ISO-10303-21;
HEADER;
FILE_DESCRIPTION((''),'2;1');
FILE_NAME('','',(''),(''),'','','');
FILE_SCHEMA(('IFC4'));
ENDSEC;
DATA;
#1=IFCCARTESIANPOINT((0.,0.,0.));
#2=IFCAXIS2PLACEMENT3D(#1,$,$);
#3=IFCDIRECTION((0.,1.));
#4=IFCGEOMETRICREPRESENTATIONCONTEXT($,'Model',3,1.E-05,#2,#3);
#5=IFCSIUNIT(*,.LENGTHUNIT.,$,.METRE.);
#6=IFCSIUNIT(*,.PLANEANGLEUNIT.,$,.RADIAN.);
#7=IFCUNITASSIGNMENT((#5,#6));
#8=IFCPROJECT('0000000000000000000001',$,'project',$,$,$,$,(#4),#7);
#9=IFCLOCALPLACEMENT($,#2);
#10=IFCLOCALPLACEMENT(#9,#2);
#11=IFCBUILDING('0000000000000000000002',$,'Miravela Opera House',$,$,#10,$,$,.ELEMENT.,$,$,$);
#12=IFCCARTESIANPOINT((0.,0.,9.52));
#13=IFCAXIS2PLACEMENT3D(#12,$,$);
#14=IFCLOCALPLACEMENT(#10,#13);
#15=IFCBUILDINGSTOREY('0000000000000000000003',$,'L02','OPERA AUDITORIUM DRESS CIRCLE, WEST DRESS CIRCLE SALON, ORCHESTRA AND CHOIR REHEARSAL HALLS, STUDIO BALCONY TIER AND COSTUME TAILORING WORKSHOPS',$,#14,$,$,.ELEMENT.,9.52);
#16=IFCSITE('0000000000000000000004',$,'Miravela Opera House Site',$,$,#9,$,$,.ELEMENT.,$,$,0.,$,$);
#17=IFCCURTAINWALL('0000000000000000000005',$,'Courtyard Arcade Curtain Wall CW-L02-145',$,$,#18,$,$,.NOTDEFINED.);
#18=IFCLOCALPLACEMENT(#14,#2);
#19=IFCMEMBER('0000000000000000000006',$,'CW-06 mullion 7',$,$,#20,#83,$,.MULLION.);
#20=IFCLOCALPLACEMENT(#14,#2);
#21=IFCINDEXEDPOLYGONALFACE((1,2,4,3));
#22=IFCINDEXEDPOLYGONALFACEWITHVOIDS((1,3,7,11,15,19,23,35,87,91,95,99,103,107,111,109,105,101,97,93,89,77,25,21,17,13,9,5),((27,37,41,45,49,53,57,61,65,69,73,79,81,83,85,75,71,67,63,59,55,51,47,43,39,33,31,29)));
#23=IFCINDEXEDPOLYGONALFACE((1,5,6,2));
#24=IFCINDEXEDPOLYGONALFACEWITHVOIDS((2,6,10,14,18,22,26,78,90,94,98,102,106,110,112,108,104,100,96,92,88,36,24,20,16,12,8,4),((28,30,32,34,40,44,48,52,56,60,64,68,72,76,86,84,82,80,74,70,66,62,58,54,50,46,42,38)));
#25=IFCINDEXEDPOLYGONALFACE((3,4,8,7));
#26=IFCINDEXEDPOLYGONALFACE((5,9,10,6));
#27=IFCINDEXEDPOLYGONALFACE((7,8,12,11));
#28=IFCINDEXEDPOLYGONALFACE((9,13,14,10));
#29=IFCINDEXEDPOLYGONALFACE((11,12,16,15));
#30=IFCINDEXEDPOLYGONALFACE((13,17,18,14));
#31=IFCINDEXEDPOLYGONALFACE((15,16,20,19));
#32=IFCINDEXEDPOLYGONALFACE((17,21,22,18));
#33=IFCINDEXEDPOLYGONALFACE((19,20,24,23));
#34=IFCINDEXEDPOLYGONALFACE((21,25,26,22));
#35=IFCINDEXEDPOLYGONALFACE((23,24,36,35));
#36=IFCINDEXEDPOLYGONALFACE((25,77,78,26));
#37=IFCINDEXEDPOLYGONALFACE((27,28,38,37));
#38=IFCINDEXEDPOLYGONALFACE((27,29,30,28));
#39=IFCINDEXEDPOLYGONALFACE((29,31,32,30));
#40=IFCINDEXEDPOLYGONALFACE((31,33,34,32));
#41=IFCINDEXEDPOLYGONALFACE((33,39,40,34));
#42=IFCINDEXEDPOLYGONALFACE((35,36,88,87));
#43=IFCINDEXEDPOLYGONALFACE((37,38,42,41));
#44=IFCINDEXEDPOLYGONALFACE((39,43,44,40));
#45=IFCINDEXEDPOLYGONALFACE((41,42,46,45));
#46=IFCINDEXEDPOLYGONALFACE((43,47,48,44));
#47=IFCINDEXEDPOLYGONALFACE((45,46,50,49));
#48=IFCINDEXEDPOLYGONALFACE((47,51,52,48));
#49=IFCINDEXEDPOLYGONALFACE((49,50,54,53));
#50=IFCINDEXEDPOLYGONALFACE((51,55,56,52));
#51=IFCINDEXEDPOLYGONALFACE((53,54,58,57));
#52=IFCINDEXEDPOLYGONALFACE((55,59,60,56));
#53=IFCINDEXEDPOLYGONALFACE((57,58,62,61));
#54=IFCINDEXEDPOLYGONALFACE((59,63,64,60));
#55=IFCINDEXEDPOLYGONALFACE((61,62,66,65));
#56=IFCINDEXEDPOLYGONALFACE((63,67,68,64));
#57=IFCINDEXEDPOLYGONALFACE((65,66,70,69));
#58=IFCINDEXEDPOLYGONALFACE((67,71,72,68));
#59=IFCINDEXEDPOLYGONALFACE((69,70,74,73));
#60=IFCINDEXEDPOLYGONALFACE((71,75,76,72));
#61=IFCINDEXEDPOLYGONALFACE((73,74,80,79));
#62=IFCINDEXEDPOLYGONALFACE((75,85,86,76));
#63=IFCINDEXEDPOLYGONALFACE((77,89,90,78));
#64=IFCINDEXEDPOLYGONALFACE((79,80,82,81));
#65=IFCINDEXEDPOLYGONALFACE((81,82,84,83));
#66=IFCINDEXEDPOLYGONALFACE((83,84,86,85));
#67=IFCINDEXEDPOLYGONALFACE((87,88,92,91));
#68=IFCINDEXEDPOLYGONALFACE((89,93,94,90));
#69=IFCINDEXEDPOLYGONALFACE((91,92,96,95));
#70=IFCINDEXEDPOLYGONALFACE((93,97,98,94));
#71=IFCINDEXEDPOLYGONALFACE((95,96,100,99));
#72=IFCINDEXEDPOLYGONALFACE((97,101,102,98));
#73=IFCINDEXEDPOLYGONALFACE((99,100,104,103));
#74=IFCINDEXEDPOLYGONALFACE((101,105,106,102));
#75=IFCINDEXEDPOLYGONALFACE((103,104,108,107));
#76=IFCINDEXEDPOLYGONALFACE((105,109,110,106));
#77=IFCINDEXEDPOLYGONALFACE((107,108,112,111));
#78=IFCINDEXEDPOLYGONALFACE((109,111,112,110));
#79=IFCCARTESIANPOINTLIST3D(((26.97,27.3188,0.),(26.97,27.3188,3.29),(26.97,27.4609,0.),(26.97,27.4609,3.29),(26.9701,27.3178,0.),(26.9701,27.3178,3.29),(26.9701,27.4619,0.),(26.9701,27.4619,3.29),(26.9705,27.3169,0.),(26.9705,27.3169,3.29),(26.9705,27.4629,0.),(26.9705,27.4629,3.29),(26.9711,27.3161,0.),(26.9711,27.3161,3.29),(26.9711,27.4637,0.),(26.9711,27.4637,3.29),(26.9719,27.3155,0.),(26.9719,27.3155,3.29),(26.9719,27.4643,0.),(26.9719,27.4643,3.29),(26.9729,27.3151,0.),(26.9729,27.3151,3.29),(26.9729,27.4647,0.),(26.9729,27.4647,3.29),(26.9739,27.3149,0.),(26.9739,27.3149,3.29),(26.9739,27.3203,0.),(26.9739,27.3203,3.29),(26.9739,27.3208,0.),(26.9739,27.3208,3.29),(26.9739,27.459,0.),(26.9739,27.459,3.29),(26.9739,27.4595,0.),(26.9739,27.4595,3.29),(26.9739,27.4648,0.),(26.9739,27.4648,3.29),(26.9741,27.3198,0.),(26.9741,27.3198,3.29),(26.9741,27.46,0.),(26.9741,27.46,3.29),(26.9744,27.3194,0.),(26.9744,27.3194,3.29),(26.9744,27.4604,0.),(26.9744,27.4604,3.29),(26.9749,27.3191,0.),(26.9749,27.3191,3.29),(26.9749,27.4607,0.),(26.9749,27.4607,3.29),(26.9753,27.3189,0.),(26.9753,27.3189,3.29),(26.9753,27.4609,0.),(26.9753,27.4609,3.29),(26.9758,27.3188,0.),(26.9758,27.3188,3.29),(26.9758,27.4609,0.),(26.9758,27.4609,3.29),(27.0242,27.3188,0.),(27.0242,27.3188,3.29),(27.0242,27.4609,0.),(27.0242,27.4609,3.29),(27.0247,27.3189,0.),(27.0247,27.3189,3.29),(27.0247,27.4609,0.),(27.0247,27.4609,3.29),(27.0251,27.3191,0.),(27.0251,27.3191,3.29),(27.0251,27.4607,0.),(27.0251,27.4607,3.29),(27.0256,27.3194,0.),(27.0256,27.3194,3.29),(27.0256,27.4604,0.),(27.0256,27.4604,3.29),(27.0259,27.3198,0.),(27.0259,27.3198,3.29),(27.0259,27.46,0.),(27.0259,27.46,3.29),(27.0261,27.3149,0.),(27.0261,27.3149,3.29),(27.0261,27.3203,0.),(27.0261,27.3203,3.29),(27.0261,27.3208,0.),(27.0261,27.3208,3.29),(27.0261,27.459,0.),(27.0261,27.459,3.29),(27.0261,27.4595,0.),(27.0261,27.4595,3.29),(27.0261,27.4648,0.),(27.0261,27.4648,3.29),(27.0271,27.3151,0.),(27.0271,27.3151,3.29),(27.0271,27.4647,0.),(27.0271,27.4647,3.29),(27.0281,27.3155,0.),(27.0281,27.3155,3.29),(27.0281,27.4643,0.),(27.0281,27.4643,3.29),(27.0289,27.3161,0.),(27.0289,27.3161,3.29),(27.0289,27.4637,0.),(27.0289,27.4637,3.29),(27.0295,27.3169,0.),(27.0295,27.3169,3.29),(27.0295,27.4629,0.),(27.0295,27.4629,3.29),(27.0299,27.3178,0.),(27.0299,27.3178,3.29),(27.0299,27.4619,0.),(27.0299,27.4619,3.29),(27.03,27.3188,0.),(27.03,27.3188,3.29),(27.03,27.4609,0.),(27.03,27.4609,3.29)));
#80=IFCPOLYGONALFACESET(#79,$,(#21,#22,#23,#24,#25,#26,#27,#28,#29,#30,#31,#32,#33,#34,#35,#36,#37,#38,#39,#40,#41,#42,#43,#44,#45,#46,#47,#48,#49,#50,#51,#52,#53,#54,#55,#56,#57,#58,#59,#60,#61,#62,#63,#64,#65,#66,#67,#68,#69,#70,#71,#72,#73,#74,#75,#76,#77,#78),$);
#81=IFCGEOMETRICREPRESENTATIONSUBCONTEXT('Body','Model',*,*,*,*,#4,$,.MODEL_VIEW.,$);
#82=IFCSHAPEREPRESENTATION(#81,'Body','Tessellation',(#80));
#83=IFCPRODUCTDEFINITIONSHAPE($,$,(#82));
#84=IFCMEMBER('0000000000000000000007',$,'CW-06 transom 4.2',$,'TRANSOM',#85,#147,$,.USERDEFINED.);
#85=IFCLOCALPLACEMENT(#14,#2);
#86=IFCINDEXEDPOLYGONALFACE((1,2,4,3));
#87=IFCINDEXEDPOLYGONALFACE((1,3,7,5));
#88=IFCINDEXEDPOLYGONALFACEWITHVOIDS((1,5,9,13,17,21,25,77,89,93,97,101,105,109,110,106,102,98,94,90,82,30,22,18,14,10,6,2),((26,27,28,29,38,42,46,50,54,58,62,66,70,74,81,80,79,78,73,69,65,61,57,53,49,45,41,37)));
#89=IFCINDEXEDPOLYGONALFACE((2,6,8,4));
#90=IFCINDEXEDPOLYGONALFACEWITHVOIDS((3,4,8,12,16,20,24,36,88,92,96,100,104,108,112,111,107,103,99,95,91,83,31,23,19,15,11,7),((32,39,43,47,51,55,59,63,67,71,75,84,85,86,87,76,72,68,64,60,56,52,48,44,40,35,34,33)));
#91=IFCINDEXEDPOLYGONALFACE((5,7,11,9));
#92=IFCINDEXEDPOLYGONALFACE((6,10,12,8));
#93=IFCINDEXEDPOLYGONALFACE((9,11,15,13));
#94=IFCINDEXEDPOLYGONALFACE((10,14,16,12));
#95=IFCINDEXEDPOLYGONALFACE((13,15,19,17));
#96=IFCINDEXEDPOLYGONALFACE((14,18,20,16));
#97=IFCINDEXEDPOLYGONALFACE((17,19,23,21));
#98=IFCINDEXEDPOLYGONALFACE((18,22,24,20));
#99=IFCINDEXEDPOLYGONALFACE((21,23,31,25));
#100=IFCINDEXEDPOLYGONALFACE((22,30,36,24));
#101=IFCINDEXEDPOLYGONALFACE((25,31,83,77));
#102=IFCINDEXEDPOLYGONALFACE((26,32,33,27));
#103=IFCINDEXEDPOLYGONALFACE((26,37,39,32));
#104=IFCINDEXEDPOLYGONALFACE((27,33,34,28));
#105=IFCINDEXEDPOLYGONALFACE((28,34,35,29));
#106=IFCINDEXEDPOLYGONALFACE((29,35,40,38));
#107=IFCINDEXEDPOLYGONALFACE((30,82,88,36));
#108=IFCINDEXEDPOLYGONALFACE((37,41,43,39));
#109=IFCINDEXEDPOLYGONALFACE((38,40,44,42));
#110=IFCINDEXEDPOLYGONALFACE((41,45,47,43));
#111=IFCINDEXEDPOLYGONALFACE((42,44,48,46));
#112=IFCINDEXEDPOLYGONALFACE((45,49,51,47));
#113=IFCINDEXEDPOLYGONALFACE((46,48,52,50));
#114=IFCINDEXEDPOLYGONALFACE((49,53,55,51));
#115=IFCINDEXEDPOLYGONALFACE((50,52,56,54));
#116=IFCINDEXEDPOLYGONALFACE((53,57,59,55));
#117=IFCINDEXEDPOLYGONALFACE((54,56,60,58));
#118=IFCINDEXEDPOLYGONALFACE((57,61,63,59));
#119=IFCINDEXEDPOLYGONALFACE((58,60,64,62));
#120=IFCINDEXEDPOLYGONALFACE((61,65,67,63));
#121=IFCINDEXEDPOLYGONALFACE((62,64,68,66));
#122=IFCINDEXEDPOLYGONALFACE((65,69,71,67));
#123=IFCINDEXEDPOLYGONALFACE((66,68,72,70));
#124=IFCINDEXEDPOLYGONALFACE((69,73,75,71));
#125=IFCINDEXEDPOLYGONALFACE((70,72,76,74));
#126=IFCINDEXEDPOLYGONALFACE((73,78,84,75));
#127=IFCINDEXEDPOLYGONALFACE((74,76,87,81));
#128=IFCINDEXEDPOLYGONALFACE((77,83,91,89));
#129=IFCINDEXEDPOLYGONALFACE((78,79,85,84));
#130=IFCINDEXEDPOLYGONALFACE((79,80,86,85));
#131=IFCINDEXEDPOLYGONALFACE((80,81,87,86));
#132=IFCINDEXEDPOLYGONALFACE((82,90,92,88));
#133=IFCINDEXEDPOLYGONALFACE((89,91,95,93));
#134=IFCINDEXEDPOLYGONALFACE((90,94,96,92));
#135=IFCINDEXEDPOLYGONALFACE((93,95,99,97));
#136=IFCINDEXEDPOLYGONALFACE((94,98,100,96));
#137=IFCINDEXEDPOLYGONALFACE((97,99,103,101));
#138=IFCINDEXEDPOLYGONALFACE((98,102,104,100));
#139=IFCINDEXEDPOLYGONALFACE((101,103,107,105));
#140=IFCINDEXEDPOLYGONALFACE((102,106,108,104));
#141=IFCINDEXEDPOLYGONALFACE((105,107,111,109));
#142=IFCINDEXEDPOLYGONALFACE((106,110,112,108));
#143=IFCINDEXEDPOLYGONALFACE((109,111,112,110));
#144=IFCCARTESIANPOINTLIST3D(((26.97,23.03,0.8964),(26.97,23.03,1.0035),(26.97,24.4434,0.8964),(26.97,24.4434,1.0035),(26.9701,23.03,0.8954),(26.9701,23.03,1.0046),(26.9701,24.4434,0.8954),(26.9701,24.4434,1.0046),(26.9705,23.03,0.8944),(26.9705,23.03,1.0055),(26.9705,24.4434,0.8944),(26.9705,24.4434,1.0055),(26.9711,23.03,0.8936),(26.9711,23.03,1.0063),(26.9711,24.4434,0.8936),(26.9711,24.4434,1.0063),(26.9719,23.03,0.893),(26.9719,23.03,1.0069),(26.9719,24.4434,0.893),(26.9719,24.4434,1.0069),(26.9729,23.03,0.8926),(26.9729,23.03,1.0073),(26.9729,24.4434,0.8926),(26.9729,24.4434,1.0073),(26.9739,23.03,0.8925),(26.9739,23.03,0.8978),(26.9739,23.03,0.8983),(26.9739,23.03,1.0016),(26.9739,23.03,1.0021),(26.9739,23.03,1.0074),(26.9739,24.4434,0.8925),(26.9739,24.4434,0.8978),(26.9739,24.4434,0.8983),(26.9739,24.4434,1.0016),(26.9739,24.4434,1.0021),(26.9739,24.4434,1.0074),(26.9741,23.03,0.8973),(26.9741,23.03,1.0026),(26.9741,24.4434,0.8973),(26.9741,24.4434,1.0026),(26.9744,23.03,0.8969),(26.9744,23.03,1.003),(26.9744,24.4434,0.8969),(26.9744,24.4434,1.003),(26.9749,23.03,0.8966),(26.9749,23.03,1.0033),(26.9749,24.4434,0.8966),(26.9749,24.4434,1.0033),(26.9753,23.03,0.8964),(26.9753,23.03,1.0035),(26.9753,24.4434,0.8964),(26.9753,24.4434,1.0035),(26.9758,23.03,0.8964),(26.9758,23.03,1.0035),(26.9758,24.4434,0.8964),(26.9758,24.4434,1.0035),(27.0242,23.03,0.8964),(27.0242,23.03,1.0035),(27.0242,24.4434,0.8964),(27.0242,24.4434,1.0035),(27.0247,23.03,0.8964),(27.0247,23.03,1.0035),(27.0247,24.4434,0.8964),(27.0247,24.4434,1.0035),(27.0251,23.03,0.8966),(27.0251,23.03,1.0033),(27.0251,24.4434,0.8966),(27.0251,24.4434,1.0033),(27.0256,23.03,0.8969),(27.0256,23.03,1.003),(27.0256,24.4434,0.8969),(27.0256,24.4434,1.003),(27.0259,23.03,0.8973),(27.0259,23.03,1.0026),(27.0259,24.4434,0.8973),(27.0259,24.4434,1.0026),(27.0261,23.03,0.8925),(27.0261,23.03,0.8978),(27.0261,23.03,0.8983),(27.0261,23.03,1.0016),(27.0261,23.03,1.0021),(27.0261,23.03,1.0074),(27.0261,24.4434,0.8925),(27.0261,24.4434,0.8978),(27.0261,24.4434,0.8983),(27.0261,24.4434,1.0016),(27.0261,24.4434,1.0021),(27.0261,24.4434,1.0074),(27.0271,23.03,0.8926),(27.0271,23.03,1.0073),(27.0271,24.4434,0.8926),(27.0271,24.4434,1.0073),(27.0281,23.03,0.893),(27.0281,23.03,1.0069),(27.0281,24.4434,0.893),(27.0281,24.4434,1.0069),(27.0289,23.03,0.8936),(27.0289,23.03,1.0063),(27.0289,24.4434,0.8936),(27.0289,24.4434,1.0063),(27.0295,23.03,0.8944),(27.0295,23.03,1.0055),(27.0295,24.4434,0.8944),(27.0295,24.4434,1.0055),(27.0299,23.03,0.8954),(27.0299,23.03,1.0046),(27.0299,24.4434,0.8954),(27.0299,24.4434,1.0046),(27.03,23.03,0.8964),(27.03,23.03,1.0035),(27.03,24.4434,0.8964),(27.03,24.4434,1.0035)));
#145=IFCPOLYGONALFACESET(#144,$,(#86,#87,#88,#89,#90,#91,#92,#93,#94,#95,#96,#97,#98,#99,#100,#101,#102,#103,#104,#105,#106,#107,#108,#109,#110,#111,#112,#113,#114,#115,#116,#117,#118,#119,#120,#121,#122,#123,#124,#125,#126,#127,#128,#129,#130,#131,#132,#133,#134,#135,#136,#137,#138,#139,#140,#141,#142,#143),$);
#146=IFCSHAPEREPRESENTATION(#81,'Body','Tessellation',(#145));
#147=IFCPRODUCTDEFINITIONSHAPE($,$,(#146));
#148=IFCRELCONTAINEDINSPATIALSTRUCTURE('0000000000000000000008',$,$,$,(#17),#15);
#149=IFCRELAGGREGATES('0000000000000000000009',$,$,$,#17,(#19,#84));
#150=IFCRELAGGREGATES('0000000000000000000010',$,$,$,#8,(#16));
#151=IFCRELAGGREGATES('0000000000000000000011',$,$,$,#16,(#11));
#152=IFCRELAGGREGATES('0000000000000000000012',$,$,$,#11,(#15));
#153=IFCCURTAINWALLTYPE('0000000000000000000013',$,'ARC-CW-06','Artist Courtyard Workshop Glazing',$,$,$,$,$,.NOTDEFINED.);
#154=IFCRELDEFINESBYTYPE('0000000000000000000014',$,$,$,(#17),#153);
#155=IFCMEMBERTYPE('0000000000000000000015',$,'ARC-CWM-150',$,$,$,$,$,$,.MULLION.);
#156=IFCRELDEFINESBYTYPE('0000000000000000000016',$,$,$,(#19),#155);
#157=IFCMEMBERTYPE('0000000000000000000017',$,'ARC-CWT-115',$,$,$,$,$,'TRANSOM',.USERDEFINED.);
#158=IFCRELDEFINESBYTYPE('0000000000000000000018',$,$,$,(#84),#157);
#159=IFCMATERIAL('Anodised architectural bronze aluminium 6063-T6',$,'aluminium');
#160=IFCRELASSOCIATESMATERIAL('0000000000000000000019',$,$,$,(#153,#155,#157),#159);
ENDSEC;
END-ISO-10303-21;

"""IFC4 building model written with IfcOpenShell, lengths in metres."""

from ifc_helpers import new_model, si_unit, direction, frame, origin, origin_2d, place, context, subcontext, project, spatial, hollow_rectangle, extrude, material, material_profile, profile_set, type_object, element, aggregate, save


model = new_model("IFC4")

# Units and contexts
model_context = context("Model", 3, precision=1e-05, world=origin(), true_north=direction((0.0, 1.0)))
body_context = subcontext(model_context, "Body", "Model", "MODEL_VIEW")
ifc_project = project(units=[si_unit("LENGTHUNIT", "METRE"), si_unit("PLANEANGLEUNIT", "RADIAN")], contexts=[model_context])

# Site, building, storey
site_placement = place(None, origin())
site = spatial("IfcSite", under=ifc_project, at=site_placement, Name="Miravela Opera House Site", CompositionType="ELEMENT", RefElevation=0.0)
building_placement = place(site_placement, origin())
building = spatial("IfcBuilding", under=site, at=building_placement, Name="Miravela Opera House", CompositionType="ELEMENT")
storey_placement = place(building_placement, frame((0.0, 0.0, 9.52)))
storey = spatial("IfcBuildingStorey", under=building, at=storey_placement, Name="L02", Description="OPERA AUDITORIUM DRESS CIRCLE, WEST DRESS CIRCLE SALON, ORCHESTRA AND CHOIR REHEARSAL HALLS, STUDIO BALCONY TIER AND COSTUME TAILORING WORKSHOPS", CompositionType="ELEMENT", Elevation=9.52)

# Curtain wall, members
ifc_material_1 = material(Name="Anodised architectural bronze aluminium 6063-T6", Category="aluminium")
curtain_wall_type = type_object("IfcCurtainWallType", Name="ARC-CW-06", Description="Artist Courtyard Workshop Glazing", PredefinedType="NOTDEFINED", material=ifc_material_1)
curtain_wall_placement = place(storey_placement, origin())
curtain_wall = element("IfcCurtainWall", 1, at=curtain_wall_placement, inside=storey, type_object=curtain_wall_type, Name="Courtyard Arcade Curtain Wall CW-L02-145", PredefinedType="NOTDEFINED")
ifc_material_profile_1 = material_profile(ifc_material_1, hollow_rectangle(XDim=0.0601, YDim=0.1499, WallThickness=0.0039, InnerFilletRadius=0.002, OuterFilletRadius=0.0039, at=origin_2d()), Name="CWM-60X150")
ifc_profile_set_1 = profile_set([ifc_material_profile_1])
member_type_1 = type_object("IfcMemberType", Name="ARC-CWM-150", PredefinedType="MULLION", material=ifc_profile_set_1)
member_1_placement = place(storey_placement, frame((27.0, 27.3899, 0.0), z_axis=(0.0, 0.0, 1.0), x_axis=(-1.0, 0.0, 0.0)))
member_1 = element("IfcMember", 2, at=member_1_placement, type_object=member_type_1, Name="CW-06 mullion 7", PredefinedType="MULLION", context=body_context, shape_type="SweptSolid", body=[
    extrude(hollow_rectangle(XDim=0.0601, YDim=0.1499, WallThickness=0.0039, InnerFilletRadius=0.002, OuterFilletRadius=0.0039, at=origin_2d()), origin(), (0.0, 0.0, 1.0), 3.29),
])
ifc_material_profile_2 = material_profile(ifc_material_1, hollow_rectangle(XDim=0.0601, YDim=0.115, WallThickness=0.0039, InnerFilletRadius=0.002, OuterFilletRadius=0.0039, at=origin_2d()), Name="CWT-60X115")
ifc_profile_set_2 = profile_set([ifc_material_profile_2])
member_type_2 = type_object("IfcMemberType", Name="ARC-CWT-115", ElementType="TRANSOM", PredefinedType="USERDEFINED", material=ifc_profile_set_2)
member_2_placement = place(storey_placement, frame((27.0, 23.03, 0.95), z_axis=(0.0, 1.0, 0.0), x_axis=(-1.0, 0.0, 0.0)))
member_2 = element("IfcMember", 3, at=member_2_placement, type_object=member_type_2, Name="CW-06 transom 4.2", ObjectType="TRANSOM", PredefinedType="USERDEFINED", context=body_context, shape_type="SweptSolid", body=[
    extrude(hollow_rectangle(XDim=0.0601, YDim=0.115, WallThickness=0.0039, InnerFilletRadius=0.002, OuterFilletRadius=0.0039, at=origin_2d()), origin(), (0.0, 0.0, 1.0), 1.4133),
])

aggregate(curtain_wall, [member_1, member_2])

save(model, "model.ifc")
